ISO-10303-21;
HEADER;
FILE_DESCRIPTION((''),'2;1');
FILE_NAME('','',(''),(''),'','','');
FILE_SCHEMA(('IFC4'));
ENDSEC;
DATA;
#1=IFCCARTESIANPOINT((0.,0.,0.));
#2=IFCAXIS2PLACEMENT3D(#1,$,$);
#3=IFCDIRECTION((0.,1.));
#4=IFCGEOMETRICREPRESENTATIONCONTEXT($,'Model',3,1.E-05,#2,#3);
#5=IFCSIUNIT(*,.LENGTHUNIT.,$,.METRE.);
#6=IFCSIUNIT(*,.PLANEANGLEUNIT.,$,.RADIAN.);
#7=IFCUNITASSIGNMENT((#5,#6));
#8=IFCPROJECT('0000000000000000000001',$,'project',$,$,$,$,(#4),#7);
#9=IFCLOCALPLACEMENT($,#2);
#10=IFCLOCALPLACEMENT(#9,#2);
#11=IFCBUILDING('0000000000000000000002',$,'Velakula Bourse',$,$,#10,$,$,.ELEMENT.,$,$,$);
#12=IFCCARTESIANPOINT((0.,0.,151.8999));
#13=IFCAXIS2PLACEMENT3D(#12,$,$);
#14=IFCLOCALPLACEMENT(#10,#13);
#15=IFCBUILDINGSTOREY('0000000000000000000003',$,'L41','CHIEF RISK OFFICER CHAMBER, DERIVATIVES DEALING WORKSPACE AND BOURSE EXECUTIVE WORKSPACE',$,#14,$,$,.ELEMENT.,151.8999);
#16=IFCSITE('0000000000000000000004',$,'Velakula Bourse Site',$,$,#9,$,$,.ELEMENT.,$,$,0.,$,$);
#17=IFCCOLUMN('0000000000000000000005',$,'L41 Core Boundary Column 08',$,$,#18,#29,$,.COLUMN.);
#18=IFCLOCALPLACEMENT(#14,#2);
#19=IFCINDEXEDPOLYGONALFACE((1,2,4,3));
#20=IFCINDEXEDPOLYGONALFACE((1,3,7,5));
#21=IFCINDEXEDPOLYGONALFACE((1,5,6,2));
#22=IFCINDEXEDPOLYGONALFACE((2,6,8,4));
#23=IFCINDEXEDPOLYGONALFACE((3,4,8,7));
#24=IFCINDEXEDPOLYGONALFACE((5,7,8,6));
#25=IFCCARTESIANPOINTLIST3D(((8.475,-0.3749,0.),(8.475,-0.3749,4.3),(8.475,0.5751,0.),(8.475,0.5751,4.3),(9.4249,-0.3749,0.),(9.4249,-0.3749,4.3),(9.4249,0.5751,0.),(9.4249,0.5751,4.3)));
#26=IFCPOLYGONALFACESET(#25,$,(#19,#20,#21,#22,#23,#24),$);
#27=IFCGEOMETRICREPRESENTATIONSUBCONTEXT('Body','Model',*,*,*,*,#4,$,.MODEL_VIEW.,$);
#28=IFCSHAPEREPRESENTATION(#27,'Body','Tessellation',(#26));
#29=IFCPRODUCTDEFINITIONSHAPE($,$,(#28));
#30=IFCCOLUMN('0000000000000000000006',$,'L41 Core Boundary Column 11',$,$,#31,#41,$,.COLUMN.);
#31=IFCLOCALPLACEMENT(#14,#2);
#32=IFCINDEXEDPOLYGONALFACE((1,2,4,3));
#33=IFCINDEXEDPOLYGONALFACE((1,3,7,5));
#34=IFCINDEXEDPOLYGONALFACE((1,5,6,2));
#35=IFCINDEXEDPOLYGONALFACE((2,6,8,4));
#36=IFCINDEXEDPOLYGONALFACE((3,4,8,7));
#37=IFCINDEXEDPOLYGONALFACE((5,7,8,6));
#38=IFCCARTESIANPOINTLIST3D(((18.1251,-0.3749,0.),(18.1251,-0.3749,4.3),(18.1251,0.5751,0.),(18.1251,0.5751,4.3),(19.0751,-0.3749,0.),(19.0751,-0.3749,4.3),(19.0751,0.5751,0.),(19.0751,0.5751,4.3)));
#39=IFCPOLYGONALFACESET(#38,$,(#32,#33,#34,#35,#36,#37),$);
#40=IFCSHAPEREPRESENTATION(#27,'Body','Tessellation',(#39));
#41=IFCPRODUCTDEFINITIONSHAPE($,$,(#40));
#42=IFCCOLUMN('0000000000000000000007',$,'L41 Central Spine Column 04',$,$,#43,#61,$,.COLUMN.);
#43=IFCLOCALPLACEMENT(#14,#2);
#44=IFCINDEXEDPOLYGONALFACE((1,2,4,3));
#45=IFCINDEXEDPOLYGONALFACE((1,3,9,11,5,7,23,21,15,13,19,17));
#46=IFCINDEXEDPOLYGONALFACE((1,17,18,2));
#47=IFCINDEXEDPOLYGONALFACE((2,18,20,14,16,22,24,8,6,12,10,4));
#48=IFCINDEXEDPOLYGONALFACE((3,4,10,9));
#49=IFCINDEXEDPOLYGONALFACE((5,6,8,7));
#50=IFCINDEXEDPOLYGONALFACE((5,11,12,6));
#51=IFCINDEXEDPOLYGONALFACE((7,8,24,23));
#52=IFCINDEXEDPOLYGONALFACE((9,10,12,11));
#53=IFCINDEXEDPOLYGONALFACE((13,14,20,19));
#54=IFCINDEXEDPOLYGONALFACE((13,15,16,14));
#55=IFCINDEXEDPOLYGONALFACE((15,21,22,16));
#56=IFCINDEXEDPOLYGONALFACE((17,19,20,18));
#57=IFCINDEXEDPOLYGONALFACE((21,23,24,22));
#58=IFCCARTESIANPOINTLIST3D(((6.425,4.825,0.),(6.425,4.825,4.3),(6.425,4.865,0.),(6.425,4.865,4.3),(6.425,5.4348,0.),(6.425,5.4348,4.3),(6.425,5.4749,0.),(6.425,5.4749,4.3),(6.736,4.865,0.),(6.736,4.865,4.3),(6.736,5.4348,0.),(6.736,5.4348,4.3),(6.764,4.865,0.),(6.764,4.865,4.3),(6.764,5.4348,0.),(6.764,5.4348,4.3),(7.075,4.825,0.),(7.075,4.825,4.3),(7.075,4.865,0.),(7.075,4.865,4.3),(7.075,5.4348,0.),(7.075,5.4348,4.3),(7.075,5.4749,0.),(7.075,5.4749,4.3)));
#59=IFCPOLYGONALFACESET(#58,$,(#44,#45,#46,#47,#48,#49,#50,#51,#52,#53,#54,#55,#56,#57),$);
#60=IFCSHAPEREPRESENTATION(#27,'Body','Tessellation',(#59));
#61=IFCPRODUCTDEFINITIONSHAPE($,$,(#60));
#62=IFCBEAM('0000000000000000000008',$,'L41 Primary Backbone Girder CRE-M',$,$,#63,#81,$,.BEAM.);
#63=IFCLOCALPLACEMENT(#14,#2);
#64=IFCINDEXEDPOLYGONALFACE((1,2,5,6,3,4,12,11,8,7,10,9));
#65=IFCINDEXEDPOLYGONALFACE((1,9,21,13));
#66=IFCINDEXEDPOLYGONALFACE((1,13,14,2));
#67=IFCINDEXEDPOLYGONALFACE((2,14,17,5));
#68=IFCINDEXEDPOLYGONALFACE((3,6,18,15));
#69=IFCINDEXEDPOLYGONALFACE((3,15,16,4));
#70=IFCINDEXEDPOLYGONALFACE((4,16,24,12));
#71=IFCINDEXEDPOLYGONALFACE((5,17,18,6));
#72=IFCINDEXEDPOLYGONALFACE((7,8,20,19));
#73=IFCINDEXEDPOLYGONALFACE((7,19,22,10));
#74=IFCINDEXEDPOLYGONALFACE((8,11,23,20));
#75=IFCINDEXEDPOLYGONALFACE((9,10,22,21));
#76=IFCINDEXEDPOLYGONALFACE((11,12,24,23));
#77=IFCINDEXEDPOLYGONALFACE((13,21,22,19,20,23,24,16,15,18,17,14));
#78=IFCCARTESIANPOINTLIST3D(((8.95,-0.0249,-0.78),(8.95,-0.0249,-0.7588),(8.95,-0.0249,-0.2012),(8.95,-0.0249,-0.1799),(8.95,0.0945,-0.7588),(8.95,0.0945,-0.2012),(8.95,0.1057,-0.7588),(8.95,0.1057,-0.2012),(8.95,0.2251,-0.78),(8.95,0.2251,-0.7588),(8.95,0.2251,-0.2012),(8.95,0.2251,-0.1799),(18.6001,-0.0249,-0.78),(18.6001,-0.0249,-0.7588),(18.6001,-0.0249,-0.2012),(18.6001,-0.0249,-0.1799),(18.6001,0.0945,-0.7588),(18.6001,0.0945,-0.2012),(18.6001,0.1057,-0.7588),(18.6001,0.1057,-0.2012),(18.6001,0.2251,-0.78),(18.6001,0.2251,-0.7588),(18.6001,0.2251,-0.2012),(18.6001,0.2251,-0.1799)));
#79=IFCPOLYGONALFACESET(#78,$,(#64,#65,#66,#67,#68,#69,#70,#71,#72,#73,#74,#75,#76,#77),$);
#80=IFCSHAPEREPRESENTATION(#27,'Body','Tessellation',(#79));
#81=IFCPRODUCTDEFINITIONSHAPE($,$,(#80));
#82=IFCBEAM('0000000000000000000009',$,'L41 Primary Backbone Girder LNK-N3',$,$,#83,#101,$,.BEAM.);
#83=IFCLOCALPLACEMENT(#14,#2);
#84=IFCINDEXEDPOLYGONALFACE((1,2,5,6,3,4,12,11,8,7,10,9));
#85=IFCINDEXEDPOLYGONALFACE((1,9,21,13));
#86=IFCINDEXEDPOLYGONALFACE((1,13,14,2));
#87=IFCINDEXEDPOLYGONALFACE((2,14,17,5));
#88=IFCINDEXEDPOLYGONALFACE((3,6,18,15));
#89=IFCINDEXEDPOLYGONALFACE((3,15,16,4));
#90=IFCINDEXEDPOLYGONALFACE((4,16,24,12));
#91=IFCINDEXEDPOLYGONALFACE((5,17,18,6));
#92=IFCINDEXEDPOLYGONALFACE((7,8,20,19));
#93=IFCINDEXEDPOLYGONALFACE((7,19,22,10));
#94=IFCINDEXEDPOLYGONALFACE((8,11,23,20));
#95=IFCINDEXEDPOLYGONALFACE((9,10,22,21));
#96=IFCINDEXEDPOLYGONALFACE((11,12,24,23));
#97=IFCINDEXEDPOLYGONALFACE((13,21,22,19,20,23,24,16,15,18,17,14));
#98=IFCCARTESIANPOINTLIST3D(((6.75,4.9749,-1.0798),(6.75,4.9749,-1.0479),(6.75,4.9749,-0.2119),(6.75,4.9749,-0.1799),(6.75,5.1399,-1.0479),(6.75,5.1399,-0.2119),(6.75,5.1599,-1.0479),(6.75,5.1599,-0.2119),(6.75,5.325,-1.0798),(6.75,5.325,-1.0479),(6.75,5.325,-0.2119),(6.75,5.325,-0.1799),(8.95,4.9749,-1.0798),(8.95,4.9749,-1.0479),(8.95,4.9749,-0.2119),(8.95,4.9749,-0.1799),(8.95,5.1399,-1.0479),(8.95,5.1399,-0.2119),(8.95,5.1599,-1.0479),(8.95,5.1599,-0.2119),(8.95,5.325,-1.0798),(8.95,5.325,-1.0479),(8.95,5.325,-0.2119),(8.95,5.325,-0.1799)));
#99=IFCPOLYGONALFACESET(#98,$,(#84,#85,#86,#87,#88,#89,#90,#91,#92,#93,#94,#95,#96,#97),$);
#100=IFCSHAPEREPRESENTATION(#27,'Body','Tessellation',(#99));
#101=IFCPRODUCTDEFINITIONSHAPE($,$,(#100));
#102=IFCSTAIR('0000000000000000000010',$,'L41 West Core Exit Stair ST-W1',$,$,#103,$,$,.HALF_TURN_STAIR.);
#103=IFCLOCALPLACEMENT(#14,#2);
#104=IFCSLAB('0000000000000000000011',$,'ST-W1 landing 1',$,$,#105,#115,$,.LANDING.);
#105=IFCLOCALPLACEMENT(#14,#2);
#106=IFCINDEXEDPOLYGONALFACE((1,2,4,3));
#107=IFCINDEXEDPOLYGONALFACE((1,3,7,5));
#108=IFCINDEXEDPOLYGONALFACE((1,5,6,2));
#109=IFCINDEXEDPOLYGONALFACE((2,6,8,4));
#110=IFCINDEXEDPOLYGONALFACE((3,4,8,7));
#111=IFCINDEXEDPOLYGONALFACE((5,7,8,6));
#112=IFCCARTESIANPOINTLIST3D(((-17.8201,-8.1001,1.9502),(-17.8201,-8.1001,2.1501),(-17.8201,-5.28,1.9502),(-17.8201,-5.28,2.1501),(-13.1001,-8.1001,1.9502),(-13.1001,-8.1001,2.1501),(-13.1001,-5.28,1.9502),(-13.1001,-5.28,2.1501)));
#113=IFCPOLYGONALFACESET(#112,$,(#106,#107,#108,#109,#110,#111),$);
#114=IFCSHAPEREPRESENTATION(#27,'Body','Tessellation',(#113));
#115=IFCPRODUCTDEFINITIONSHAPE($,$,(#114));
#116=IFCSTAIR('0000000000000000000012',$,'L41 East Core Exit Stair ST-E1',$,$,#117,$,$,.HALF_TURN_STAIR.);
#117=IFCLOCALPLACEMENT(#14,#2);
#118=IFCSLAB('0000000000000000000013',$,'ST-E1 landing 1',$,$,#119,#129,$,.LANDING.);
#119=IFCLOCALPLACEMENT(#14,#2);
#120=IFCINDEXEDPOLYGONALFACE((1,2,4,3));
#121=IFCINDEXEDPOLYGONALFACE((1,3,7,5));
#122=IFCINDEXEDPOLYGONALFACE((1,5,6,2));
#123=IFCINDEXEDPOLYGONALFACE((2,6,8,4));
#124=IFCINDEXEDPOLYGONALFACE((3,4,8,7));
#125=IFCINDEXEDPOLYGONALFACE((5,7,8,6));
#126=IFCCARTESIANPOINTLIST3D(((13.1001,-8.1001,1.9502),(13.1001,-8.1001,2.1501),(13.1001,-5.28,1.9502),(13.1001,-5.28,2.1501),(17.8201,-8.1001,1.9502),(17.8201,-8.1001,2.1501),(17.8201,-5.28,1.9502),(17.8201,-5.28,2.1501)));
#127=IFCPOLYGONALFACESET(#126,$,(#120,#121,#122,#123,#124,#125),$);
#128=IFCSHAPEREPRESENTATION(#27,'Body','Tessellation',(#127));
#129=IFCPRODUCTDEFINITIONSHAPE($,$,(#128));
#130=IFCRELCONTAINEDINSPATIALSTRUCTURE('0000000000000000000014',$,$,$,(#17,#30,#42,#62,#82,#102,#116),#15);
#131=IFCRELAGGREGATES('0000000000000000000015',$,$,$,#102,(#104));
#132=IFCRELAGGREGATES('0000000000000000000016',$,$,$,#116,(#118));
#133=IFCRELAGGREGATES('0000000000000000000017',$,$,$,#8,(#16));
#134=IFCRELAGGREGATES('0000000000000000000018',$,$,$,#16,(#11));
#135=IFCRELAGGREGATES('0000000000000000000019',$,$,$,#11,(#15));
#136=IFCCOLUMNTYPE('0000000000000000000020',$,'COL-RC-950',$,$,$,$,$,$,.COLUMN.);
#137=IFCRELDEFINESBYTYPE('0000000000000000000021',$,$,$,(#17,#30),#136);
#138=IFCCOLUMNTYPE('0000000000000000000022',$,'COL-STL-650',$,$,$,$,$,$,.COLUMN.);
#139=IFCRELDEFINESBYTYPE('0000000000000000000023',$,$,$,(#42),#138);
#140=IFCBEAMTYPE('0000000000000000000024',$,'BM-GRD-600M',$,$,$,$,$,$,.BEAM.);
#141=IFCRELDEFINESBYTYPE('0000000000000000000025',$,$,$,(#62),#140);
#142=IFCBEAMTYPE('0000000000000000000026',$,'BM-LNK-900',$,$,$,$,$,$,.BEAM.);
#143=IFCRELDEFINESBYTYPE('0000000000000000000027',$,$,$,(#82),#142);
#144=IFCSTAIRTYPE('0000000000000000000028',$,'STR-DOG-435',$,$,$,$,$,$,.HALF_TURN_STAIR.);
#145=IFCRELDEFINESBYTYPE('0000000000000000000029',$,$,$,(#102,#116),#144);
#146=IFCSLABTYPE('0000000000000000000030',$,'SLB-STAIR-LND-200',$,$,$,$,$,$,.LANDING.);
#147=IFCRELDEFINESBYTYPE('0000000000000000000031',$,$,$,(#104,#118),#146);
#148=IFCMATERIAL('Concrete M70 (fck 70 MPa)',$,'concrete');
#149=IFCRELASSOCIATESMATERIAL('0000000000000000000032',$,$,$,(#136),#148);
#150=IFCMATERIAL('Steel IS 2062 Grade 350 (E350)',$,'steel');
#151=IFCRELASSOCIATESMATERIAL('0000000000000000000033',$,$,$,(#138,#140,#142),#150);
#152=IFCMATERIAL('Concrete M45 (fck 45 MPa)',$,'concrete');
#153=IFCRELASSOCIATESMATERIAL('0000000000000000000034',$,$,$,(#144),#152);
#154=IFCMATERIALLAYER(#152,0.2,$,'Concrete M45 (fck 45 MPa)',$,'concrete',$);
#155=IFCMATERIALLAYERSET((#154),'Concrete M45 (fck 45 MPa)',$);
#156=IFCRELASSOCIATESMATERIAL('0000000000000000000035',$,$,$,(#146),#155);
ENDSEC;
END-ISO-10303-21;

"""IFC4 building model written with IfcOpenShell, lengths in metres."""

from ifc_helpers import new_model, si_unit, direction, frame, origin, origin_2d, place, context, subcontext, project, spatial, polyline, rectangle, i_section, outline, extrude, material, layer, layer_set, material_profile, profile_set, type_object, element, aggregate, save


model = new_model("IFC4")

# Units and contexts
model_context = context("Model", 3, precision=1e-05, world=origin(), true_north=direction((0.0, 1.0)))
body_context = subcontext(model_context, "Body", "Model", "MODEL_VIEW")
ifc_project = project(units=[si_unit("LENGTHUNIT", "METRE"), si_unit("PLANEANGLEUNIT", "RADIAN")], contexts=[model_context])

# Site, building, storey
site_placement = place(None, origin())
site = spatial("IfcSite", under=ifc_project, at=site_placement, Name="Velakula Bourse Site", CompositionType="ELEMENT", RefElevation=0.0)
building_placement = place(site_placement, origin())
building = spatial("IfcBuilding", under=site, at=building_placement, Name="Velakula Bourse", CompositionType="ELEMENT")
storey_placement = place(building_placement, frame((0.0, 0.0, 151.8999)))
storey = spatial("IfcBuildingStorey", under=building, at=storey_placement, Name="L41", Description="CHIEF RISK OFFICER CHAMBER, DERIVATIVES DEALING WORKSPACE AND BOURSE EXECUTIVE WORKSPACE", CompositionType="ELEMENT", Elevation=151.8999)

# Columns
ifc_material_1 = material(Name="Concrete M70 (fck 70 MPa)", Category="concrete")
ifc_material_profile_1 = material_profile(ifc_material_1, rectangle(XDim=0.95, YDim=0.95, at=origin_2d()), Name="Concrete M70 (fck 70 MPa)")
ifc_profile_set_1 = profile_set([ifc_material_profile_1], Name="Concrete M70 (fck 70 MPa)")
column_type_1 = type_object("IfcColumnType", Name="COL-RC-950", PredefinedType="COLUMN", material=ifc_profile_set_1)
for number, where, z_axis, x_axis, name in (
    (1, (8.95, 0.1001, 0.0), (0.0, 0.0, 1.0), (1.0, 0.0, 0.0), "L41 Core Boundary Column 08"),
    (2, (18.6001, 0.1001, 0.0), (0.0, 0.0, 1.0), (1.0, 0.0, 0.0), "L41 Core Boundary Column 11"),
):
    element("IfcColumn", number, at=place(storey_placement, frame(where, z_axis=z_axis, x_axis=x_axis)), inside=storey, type_object=column_type_1, Name=name, PredefinedType="COLUMN", context=body_context, shape_type="SweptSolid", body=[
        extrude(rectangle(XDim=0.95, YDim=0.95, at=origin_2d()), origin(), (0.0, 0.0, 1.0), 4.3),
    ])
ifc_material_2 = material(Name="Steel IS 2062 Grade 350 (E350)", Category="steel")
ifc_material_profile_2 = material_profile(ifc_material_2, i_section(OverallWidth=0.6499, OverallDepth=0.6499, WebThickness=0.0281, FlangeThickness=0.04, at=origin_2d()), Name="Steel IS 2062 Grade 350 (E350)")
ifc_profile_set_2 = profile_set([ifc_material_profile_2], Name="Steel IS 2062 Grade 350 (E350)")
column_type_2 = type_object("IfcColumnType", Name="COL-STL-650", PredefinedType="COLUMN", material=ifc_profile_set_2)
column_placement = place(storey_placement, frame((6.75, 5.1499, 0.0), z_axis=(0.0, 0.0, 1.0), x_axis=(1.0, 0.0, 0.0)))
element("IfcColumn", 3, at=column_placement, inside=storey, type_object=column_type_2, Name="L41 Central Spine Column 04", PredefinedType="COLUMN", context=body_context, shape_type="SweptSolid", body=[
    extrude(i_section(OverallWidth=0.6499, OverallDepth=0.6499, WebThickness=0.0281, FlangeThickness=0.04, at=origin_2d()), origin(), (0.0, 0.0, 1.0), 4.3),
])

# Beams
ifc_material_profile_3 = material_profile(ifc_material_2, i_section(OverallWidth=0.25, OverallDepth=0.6001, WebThickness=0.0112, FlangeThickness=0.0212, at=origin_2d()), Name="Steel IS 2062 Grade 350 (E350)")
ifc_profile_set_3 = profile_set([ifc_material_profile_3], Name="Steel IS 2062 Grade 350 (E350)")
beam_type_1 = type_object("IfcBeamType", Name="BM-GRD-600M", PredefinedType="BEAM", material=ifc_profile_set_3)
beam_1_placement = place(storey_placement, frame((8.95, 0.1001, -0.48), z_axis=(1.0, 0.0, 0.0), x_axis=(0.0, 1.0, 0.0)))
element("IfcBeam", 4, at=beam_1_placement, inside=storey, type_object=beam_type_1, Name="L41 Primary Backbone Girder CRE-M", PredefinedType="BEAM", context=body_context, shape_type="SweptSolid", body=[
    extrude(i_section(OverallWidth=0.25, OverallDepth=0.6001, WebThickness=0.0112, FlangeThickness=0.0212, at=origin_2d()), origin(), (0.0, 0.0, 1.0), 9.6501),
])
ifc_material_profile_4 = material_profile(ifc_material_2, i_section(OverallWidth=0.3501, OverallDepth=0.8999, WebThickness=0.02, FlangeThickness=0.032, at=origin_2d()), Name="Steel IS 2062 Grade 350 (E350)")
ifc_profile_set_4 = profile_set([ifc_material_profile_4], Name="Steel IS 2062 Grade 350 (E350)")
beam_type_2 = type_object("IfcBeamType", Name="BM-LNK-900", PredefinedType="BEAM", material=ifc_profile_set_4)
beam_2_placement = place(storey_placement, frame((6.75, 5.1499, -0.6299), z_axis=(1.0, 0.0, 0.0), x_axis=(0.0, 1.0, 0.0)))
element("IfcBeam", 5, at=beam_2_placement, inside=storey, type_object=beam_type_2, Name="L41 Primary Backbone Girder LNK-N3", PredefinedType="BEAM", context=body_context, shape_type="SweptSolid", body=[
    extrude(i_section(OverallWidth=0.3501, OverallDepth=0.8999, WebThickness=0.02, FlangeThickness=0.032, at=origin_2d()), origin(), (0.0, 0.0, 1.0), 2.2),
])

# Stairs, slabs
ifc_material_3 = material(Name="Concrete M45 (fck 45 MPa)", Category="concrete")
stair_type = type_object("IfcStairType", Name="STR-DOG-435", PredefinedType="HALF_TURN_STAIR", material=ifc_material_3)
stair_1_placement = place(storey_placement, origin())
stair_1 = element("IfcStair", 6, at=stair_1_placement, inside=storey, type_object=stair_type, Name="L41 West Core Exit Stair ST-W1", PredefinedType="HALF_TURN_STAIR")
ifc_layer_1 = layer(ifc_material_3, 0.2, Name="Concrete M45 (fck 45 MPa)", Category="concrete")
ifc_layer_set_1 = layer_set([ifc_layer_1], Name="Concrete M45 (fck 45 MPa)")
slab_type_1 = type_object("IfcSlabType", Name="SLB-STAIR-LND-200", PredefinedType="LANDING", material=ifc_layer_set_1)
slab_1_placement = place(storey_placement, frame((0.0, 0.0, 1.9502)))
slab_1 = element("IfcSlab", 7, at=slab_1_placement, type_object=slab_type_1, Name="ST-W1 landing 1", PredefinedType="LANDING", context=body_context, shape_type="SweptSolid", body=[
    extrude(outline(polyline([(-17.8201, -5.28), (-17.8201, -8.1001), (-13.1001, -8.1001), (-13.1001, -5.28), (-17.8201, -5.28)])), origin(), (0.0, 0.0, 1.0), 0.2),
])
aggregate(stair_1, [slab_1])
stair_2_placement = place(storey_placement, origin())
stair_2 = element("IfcStair", 8, at=stair_2_placement, inside=storey, type_object=stair_type, Name="L41 East Core Exit Stair ST-E1", PredefinedType="HALF_TURN_STAIR")
slab_2_placement = place(storey_placement, frame((0.0, 0.0, 1.9502)))
slab_2 = element("IfcSlab", 9, at=slab_2_placement, type_object=slab_type_1, Name="ST-E1 landing 1", PredefinedType="LANDING", context=body_context, shape_type="SweptSolid", body=[
    extrude(outline(polyline([(13.1001, -5.28), (13.1001, -8.1001), (17.8201, -8.1001), (17.8201, -5.28), (13.1001, -5.28)])), origin(), (0.0, 0.0, 1.0), 0.2),
])
aggregate(stair_2, [slab_2])

save(model, "model.ifc")
